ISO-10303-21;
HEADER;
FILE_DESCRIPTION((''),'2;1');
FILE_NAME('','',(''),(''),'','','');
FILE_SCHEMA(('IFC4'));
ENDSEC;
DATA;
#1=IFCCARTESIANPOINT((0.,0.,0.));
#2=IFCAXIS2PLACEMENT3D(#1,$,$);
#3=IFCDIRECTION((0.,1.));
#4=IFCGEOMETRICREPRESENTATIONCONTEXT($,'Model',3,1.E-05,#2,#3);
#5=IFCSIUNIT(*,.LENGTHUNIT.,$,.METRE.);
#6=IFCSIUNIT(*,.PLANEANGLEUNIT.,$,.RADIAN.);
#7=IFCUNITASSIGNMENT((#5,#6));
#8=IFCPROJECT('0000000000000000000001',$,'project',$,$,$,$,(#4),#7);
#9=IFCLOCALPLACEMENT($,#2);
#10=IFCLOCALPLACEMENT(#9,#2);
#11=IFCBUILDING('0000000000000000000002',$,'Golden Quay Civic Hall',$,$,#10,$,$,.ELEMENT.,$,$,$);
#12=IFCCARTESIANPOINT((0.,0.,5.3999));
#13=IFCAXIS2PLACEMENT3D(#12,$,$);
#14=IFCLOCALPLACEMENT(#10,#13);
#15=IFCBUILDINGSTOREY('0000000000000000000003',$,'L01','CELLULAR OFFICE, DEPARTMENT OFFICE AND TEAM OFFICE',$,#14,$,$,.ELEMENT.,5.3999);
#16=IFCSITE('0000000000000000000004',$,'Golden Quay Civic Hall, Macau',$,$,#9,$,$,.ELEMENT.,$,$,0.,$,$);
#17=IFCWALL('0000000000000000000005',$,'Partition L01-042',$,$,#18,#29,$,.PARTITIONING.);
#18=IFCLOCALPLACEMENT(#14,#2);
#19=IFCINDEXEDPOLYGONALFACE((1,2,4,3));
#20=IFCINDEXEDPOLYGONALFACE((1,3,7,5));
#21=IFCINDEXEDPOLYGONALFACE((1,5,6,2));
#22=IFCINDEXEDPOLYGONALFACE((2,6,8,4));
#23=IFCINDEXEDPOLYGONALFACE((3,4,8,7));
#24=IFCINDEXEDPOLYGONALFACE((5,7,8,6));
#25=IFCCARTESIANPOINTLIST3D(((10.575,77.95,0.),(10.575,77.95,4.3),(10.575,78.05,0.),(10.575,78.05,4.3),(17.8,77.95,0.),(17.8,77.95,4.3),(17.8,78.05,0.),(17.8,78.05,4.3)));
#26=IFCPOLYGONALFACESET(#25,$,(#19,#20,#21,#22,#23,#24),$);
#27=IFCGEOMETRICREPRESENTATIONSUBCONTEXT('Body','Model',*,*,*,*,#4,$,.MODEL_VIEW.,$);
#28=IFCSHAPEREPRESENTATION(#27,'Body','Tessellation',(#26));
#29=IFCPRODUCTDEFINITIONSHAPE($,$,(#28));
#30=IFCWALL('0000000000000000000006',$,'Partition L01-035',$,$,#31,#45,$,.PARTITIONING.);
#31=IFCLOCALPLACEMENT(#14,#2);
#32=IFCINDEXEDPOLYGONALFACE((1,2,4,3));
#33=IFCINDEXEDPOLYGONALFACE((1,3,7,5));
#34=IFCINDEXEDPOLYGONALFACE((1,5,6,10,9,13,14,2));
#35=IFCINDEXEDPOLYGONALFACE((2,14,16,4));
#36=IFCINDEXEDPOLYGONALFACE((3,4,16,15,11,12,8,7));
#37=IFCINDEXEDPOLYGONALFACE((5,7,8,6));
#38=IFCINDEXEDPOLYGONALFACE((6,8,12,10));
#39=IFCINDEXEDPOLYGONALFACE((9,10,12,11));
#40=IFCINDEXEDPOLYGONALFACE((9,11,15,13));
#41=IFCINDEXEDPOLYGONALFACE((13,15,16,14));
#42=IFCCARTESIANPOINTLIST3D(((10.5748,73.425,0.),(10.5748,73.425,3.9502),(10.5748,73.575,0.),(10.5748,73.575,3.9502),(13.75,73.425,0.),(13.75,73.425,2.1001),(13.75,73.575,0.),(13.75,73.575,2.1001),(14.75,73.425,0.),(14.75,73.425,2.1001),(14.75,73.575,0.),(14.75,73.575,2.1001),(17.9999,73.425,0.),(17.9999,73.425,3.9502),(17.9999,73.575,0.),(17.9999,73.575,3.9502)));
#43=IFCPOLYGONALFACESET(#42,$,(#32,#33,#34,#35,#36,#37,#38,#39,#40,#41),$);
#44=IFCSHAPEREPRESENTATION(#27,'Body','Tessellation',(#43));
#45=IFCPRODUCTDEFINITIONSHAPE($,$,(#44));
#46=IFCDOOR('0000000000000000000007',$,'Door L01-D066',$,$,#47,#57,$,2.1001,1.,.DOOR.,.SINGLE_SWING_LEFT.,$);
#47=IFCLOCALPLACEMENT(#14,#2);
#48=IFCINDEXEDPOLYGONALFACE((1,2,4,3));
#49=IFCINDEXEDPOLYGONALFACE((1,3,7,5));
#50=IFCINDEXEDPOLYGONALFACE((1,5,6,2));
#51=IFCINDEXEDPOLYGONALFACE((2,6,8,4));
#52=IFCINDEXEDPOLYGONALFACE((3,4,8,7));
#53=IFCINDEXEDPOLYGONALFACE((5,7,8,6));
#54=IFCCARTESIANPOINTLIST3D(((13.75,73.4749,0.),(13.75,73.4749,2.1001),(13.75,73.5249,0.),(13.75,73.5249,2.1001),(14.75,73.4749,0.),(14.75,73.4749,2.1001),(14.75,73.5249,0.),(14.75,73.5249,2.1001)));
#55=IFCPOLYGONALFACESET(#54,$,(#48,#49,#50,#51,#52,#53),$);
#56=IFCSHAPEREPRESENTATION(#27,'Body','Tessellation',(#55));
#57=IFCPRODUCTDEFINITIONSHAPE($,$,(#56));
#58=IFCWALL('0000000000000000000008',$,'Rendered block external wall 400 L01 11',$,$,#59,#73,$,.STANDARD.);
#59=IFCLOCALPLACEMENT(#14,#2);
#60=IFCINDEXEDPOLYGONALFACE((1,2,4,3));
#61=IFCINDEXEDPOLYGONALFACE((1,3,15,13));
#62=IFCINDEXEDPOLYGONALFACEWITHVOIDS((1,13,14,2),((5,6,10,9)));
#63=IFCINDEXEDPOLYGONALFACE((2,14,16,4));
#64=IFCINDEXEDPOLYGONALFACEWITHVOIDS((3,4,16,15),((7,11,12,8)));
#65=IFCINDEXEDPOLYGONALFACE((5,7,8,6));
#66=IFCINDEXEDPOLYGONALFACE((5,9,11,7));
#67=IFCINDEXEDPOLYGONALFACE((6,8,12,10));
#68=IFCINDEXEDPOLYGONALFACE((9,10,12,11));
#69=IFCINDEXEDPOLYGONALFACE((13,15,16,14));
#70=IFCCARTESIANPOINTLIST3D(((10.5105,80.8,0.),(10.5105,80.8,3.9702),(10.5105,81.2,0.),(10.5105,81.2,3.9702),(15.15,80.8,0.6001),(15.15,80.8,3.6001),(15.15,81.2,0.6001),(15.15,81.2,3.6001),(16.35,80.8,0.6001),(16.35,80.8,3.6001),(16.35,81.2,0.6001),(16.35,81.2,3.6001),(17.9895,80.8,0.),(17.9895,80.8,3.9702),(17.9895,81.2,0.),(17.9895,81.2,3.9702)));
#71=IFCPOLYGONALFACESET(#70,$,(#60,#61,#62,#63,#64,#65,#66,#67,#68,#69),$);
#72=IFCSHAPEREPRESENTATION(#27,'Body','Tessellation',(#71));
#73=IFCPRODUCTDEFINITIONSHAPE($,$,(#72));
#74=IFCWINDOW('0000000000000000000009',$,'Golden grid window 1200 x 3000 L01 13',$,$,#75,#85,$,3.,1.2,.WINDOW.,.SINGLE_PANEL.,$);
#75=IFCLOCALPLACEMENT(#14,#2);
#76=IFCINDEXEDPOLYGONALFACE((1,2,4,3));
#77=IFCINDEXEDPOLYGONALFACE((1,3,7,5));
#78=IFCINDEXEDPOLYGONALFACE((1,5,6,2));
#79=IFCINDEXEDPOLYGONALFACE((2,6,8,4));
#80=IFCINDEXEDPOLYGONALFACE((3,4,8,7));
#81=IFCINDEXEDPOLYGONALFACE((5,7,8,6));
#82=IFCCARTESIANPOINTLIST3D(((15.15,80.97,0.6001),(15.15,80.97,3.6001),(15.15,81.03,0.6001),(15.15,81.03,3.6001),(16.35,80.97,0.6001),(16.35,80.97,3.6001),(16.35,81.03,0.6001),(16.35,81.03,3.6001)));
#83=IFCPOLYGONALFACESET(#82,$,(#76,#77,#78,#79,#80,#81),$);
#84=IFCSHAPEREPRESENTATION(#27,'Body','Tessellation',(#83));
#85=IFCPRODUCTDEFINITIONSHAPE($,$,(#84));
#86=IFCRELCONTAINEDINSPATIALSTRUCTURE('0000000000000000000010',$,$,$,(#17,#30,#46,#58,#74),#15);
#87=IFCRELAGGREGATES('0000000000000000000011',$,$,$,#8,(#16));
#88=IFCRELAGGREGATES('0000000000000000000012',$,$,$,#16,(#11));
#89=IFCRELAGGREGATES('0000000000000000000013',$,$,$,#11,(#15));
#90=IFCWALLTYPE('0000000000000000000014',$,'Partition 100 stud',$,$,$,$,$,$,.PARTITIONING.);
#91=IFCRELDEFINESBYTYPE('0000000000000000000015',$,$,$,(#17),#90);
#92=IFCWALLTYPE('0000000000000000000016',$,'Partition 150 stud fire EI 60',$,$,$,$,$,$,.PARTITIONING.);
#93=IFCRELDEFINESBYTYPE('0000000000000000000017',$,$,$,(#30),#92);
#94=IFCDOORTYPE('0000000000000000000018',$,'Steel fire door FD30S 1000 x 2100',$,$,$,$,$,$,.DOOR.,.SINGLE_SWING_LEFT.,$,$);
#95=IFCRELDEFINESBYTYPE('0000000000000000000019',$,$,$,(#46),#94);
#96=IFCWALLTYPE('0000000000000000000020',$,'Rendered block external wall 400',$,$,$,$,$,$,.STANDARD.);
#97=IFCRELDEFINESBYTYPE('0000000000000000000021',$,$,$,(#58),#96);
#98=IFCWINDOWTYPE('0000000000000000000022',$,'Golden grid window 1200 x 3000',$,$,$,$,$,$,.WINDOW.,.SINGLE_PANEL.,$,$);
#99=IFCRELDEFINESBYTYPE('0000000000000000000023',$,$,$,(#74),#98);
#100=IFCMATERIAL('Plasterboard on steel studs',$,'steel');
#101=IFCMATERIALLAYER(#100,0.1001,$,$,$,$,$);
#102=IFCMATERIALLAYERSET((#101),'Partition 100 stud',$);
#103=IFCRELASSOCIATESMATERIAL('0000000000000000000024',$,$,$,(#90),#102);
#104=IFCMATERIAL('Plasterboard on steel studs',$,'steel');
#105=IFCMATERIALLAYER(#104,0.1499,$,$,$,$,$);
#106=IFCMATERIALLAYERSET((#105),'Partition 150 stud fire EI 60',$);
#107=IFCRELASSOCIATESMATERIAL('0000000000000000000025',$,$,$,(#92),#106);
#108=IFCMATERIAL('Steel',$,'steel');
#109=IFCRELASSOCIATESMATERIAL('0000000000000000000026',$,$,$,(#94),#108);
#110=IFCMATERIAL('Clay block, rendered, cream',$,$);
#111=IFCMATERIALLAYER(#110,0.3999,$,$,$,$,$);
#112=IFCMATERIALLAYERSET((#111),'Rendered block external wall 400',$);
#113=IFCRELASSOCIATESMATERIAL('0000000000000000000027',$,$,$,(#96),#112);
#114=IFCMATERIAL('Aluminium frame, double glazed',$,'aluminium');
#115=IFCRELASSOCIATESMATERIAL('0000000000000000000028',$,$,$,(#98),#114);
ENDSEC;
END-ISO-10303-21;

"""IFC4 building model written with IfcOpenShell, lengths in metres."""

from ifc_helpers import new_model, si_unit, direction, frame, frame_2d, origin, place, context, subcontext, project, spatial, rectangle, extrude, material, layer, layer_set, type_object, element, fill, save


model = new_model("IFC4")

# Units and contexts
model_context = context("Model", 3, precision=1e-05, world=origin(), true_north=direction((0.0, 1.0)))
body_context = subcontext(model_context, "Body", "Model", "MODEL_VIEW")
ifc_project = project(units=[si_unit("LENGTHUNIT", "METRE"), si_unit("PLANEANGLEUNIT", "RADIAN")], contexts=[model_context])

# Site, building, storey
site_placement = place(None, origin())
site = spatial("IfcSite", under=ifc_project, at=site_placement, Name="Golden Quay Civic Hall, Macau", CompositionType="ELEMENT", RefElevation=0.0)
building_placement = place(site_placement, origin())
building = spatial("IfcBuilding", under=site, at=building_placement, Name="Golden Quay Civic Hall", CompositionType="ELEMENT")
storey_placement = place(building_placement, frame((0.0, 0.0, 5.3999)))
storey = spatial("IfcBuildingStorey", under=building, at=storey_placement, Name="L01", Description="CELLULAR OFFICE, DEPARTMENT OFFICE AND TEAM OFFICE", CompositionType="ELEMENT", Elevation=5.3999)

# Wall
ifc_material_1 = material(Name="Plasterboard on steel studs", Category="steel")
ifc_layer_1 = layer(ifc_material_1, 0.1001)
ifc_layer_set_1 = layer_set([ifc_layer_1], Name="Partition 100 stud")
wall_type_1 = type_object("IfcWallType", Name="Partition 100 stud", PredefinedType="PARTITIONING", material=ifc_layer_set_1)
wall_1_placement = place(storey_placement, frame((10.575, 78.0, 0.0), z_axis=(0.0, 0.0, 1.0), x_axis=(1.0, 0.0, 0.0)))
element("IfcWall", 1, at=wall_1_placement, inside=storey, type_object=wall_type_1, Name="Partition L01-042", PredefinedType="PARTITIONING", context=body_context, shape_type="SweptSolid", body=[
    extrude(rectangle(XDim=7.2251, YDim=0.1001, at=frame_2d((3.6125, 0.0))), origin(), (0.0, 0.0, 1.0), 4.3),
])

# Wall, opening, door
ifc_material_2 = material(Name="Plasterboard on steel studs", Category="steel")
ifc_layer_2 = layer(ifc_material_2, 0.1499)
ifc_layer_set_2 = layer_set([ifc_layer_2], Name="Partition 150 stud fire EI 60")
wall_type_2 = type_object("IfcWallType", Name="Partition 150 stud fire EI 60", PredefinedType="PARTITIONING", material=ifc_layer_set_2)
wall_2_placement = place(storey_placement, frame((10.575, 73.5, 0.0), z_axis=(0.0, 0.0, 1.0), x_axis=(1.0, 0.0, 0.0)))
wall_2 = element("IfcWall", 2, at=wall_2_placement, inside=storey, type_object=wall_type_2, Name="Partition L01-035", PredefinedType="PARTITIONING", context=body_context, shape_type="SweptSolid", body=[
    extrude(rectangle(XDim=7.425, YDim=0.1499, at=frame_2d((3.7124, 0.0))), origin(), (0.0, 0.0, 1.0), 3.9502),
])
opening_1_placement = place(wall_2_placement, frame((3.175, 0.0, 0.0)))
opening_1 = element("IfcOpeningElement", 3, at=opening_1_placement, cuts=wall_2, PredefinedType="OPENING", context=body_context, shape_type="SweptSolid", body=[
    extrude(rectangle(XDim=1.0, YDim=2.1001, at=frame_2d((0.5, 1.05))), frame((0.0, 0.085, 0.0), z_axis=(0.0, -1.0, 0.0), x_axis=(1.0, 0.0, 0.0)), (0.0, 0.0, 1.0), 0.1699),
])
ifc_material_3 = material(Name="Steel", Category="steel")
door_type = type_object("IfcDoorType", Name="Steel fire door FD30S 1000 x 2100", OperationType="SINGLE_SWING_LEFT", PredefinedType="DOOR", material=ifc_material_3)
door_placement = place(opening_1_placement, origin())
door = element("IfcDoor", 4, at=door_placement, inside=storey, type_object=door_type, Name="Door L01-D066", OperationType="SINGLE_SWING_LEFT", OverallHeight=2.1001, OverallWidth=1.0, PredefinedType="DOOR", context=body_context, shape_type="SweptSolid", body=[
    extrude(rectangle(XDim=1.0, YDim=2.1001, at=frame_2d((0.5, 1.05))), frame((0.0, 0.0249, 0.0), z_axis=(0.0, -1.0, 0.0), x_axis=(1.0, 0.0, 0.0)), (0.0, 0.0, 1.0), 0.05),
])
fill(opening_1, door)

# Wall, opening, window
ifc_material_4 = material(Name="Clay block, rendered, cream")
ifc_layer_3 = layer(ifc_material_4, 0.3999)
ifc_layer_set_3 = layer_set([ifc_layer_3], Name="Rendered block external wall 400")
wall_type_3 = type_object("IfcWallType", Name="Rendered block external wall 400", PredefinedType="STANDARD", material=ifc_layer_set_3)
wall_3_placement = place(storey_placement, frame((10.5105, 81.0, 0.0), z_axis=(0.0, 0.0, 1.0), x_axis=(1.0, 0.0, 0.0)))
wall_3 = element("IfcWall", 5, at=wall_3_placement, inside=storey, type_object=wall_type_3, Name="Rendered block external wall 400 L01 11", PredefinedType="STANDARD", context=body_context, shape_type="SweptSolid", body=[
    extrude(rectangle(XDim=7.479, YDim=0.3999, at=frame_2d((3.7395, 0.0))), origin(), (0.0, 0.0, 1.0), 3.9702),
])
opening_2_placement = place(wall_3_placement, frame((4.6394, 0.0, 0.6001)))
opening_2 = element("IfcOpeningElement", 6, at=opening_2_placement, cuts=wall_3, PredefinedType="OPENING", context=body_context, shape_type="SweptSolid", body=[
    extrude(rectangle(XDim=1.2, YDim=3.0, at=frame_2d((0.6001, 1.5))), frame((0.0, 0.21, 0.0), z_axis=(0.0, -1.0, 0.0), x_axis=(1.0, 0.0, 0.0)), (0.0, 0.0, 1.0), 0.4199),
])
ifc_material_5 = material(Name="Aluminium frame, double glazed", Category="aluminium")
window_type = type_object("IfcWindowType", Name="Golden grid window 1200 x 3000", PartitioningType="SINGLE_PANEL", PredefinedType="WINDOW", material=ifc_material_5)
window_placement = place(opening_2_placement, origin())
window = element("IfcWindow", 7, at=window_placement, inside=storey, type_object=window_type, Name="Golden grid window 1200 x 3000 L01 13", OverallHeight=3.0, OverallWidth=1.2, PartitioningType="SINGLE_PANEL", PredefinedType="WINDOW", context=body_context, shape_type="SweptSolid", body=[
    extrude(rectangle(XDim=1.2, YDim=3.0, at=frame_2d((0.6001, 1.5))), frame((0.0, 0.03, 0.0), z_axis=(0.0, -1.0, 0.0), x_axis=(1.0, 0.0, 0.0)), (0.0, 0.0, 1.0), 0.0601),
])
fill(opening_2, window)

save(model, "model.ifc")
